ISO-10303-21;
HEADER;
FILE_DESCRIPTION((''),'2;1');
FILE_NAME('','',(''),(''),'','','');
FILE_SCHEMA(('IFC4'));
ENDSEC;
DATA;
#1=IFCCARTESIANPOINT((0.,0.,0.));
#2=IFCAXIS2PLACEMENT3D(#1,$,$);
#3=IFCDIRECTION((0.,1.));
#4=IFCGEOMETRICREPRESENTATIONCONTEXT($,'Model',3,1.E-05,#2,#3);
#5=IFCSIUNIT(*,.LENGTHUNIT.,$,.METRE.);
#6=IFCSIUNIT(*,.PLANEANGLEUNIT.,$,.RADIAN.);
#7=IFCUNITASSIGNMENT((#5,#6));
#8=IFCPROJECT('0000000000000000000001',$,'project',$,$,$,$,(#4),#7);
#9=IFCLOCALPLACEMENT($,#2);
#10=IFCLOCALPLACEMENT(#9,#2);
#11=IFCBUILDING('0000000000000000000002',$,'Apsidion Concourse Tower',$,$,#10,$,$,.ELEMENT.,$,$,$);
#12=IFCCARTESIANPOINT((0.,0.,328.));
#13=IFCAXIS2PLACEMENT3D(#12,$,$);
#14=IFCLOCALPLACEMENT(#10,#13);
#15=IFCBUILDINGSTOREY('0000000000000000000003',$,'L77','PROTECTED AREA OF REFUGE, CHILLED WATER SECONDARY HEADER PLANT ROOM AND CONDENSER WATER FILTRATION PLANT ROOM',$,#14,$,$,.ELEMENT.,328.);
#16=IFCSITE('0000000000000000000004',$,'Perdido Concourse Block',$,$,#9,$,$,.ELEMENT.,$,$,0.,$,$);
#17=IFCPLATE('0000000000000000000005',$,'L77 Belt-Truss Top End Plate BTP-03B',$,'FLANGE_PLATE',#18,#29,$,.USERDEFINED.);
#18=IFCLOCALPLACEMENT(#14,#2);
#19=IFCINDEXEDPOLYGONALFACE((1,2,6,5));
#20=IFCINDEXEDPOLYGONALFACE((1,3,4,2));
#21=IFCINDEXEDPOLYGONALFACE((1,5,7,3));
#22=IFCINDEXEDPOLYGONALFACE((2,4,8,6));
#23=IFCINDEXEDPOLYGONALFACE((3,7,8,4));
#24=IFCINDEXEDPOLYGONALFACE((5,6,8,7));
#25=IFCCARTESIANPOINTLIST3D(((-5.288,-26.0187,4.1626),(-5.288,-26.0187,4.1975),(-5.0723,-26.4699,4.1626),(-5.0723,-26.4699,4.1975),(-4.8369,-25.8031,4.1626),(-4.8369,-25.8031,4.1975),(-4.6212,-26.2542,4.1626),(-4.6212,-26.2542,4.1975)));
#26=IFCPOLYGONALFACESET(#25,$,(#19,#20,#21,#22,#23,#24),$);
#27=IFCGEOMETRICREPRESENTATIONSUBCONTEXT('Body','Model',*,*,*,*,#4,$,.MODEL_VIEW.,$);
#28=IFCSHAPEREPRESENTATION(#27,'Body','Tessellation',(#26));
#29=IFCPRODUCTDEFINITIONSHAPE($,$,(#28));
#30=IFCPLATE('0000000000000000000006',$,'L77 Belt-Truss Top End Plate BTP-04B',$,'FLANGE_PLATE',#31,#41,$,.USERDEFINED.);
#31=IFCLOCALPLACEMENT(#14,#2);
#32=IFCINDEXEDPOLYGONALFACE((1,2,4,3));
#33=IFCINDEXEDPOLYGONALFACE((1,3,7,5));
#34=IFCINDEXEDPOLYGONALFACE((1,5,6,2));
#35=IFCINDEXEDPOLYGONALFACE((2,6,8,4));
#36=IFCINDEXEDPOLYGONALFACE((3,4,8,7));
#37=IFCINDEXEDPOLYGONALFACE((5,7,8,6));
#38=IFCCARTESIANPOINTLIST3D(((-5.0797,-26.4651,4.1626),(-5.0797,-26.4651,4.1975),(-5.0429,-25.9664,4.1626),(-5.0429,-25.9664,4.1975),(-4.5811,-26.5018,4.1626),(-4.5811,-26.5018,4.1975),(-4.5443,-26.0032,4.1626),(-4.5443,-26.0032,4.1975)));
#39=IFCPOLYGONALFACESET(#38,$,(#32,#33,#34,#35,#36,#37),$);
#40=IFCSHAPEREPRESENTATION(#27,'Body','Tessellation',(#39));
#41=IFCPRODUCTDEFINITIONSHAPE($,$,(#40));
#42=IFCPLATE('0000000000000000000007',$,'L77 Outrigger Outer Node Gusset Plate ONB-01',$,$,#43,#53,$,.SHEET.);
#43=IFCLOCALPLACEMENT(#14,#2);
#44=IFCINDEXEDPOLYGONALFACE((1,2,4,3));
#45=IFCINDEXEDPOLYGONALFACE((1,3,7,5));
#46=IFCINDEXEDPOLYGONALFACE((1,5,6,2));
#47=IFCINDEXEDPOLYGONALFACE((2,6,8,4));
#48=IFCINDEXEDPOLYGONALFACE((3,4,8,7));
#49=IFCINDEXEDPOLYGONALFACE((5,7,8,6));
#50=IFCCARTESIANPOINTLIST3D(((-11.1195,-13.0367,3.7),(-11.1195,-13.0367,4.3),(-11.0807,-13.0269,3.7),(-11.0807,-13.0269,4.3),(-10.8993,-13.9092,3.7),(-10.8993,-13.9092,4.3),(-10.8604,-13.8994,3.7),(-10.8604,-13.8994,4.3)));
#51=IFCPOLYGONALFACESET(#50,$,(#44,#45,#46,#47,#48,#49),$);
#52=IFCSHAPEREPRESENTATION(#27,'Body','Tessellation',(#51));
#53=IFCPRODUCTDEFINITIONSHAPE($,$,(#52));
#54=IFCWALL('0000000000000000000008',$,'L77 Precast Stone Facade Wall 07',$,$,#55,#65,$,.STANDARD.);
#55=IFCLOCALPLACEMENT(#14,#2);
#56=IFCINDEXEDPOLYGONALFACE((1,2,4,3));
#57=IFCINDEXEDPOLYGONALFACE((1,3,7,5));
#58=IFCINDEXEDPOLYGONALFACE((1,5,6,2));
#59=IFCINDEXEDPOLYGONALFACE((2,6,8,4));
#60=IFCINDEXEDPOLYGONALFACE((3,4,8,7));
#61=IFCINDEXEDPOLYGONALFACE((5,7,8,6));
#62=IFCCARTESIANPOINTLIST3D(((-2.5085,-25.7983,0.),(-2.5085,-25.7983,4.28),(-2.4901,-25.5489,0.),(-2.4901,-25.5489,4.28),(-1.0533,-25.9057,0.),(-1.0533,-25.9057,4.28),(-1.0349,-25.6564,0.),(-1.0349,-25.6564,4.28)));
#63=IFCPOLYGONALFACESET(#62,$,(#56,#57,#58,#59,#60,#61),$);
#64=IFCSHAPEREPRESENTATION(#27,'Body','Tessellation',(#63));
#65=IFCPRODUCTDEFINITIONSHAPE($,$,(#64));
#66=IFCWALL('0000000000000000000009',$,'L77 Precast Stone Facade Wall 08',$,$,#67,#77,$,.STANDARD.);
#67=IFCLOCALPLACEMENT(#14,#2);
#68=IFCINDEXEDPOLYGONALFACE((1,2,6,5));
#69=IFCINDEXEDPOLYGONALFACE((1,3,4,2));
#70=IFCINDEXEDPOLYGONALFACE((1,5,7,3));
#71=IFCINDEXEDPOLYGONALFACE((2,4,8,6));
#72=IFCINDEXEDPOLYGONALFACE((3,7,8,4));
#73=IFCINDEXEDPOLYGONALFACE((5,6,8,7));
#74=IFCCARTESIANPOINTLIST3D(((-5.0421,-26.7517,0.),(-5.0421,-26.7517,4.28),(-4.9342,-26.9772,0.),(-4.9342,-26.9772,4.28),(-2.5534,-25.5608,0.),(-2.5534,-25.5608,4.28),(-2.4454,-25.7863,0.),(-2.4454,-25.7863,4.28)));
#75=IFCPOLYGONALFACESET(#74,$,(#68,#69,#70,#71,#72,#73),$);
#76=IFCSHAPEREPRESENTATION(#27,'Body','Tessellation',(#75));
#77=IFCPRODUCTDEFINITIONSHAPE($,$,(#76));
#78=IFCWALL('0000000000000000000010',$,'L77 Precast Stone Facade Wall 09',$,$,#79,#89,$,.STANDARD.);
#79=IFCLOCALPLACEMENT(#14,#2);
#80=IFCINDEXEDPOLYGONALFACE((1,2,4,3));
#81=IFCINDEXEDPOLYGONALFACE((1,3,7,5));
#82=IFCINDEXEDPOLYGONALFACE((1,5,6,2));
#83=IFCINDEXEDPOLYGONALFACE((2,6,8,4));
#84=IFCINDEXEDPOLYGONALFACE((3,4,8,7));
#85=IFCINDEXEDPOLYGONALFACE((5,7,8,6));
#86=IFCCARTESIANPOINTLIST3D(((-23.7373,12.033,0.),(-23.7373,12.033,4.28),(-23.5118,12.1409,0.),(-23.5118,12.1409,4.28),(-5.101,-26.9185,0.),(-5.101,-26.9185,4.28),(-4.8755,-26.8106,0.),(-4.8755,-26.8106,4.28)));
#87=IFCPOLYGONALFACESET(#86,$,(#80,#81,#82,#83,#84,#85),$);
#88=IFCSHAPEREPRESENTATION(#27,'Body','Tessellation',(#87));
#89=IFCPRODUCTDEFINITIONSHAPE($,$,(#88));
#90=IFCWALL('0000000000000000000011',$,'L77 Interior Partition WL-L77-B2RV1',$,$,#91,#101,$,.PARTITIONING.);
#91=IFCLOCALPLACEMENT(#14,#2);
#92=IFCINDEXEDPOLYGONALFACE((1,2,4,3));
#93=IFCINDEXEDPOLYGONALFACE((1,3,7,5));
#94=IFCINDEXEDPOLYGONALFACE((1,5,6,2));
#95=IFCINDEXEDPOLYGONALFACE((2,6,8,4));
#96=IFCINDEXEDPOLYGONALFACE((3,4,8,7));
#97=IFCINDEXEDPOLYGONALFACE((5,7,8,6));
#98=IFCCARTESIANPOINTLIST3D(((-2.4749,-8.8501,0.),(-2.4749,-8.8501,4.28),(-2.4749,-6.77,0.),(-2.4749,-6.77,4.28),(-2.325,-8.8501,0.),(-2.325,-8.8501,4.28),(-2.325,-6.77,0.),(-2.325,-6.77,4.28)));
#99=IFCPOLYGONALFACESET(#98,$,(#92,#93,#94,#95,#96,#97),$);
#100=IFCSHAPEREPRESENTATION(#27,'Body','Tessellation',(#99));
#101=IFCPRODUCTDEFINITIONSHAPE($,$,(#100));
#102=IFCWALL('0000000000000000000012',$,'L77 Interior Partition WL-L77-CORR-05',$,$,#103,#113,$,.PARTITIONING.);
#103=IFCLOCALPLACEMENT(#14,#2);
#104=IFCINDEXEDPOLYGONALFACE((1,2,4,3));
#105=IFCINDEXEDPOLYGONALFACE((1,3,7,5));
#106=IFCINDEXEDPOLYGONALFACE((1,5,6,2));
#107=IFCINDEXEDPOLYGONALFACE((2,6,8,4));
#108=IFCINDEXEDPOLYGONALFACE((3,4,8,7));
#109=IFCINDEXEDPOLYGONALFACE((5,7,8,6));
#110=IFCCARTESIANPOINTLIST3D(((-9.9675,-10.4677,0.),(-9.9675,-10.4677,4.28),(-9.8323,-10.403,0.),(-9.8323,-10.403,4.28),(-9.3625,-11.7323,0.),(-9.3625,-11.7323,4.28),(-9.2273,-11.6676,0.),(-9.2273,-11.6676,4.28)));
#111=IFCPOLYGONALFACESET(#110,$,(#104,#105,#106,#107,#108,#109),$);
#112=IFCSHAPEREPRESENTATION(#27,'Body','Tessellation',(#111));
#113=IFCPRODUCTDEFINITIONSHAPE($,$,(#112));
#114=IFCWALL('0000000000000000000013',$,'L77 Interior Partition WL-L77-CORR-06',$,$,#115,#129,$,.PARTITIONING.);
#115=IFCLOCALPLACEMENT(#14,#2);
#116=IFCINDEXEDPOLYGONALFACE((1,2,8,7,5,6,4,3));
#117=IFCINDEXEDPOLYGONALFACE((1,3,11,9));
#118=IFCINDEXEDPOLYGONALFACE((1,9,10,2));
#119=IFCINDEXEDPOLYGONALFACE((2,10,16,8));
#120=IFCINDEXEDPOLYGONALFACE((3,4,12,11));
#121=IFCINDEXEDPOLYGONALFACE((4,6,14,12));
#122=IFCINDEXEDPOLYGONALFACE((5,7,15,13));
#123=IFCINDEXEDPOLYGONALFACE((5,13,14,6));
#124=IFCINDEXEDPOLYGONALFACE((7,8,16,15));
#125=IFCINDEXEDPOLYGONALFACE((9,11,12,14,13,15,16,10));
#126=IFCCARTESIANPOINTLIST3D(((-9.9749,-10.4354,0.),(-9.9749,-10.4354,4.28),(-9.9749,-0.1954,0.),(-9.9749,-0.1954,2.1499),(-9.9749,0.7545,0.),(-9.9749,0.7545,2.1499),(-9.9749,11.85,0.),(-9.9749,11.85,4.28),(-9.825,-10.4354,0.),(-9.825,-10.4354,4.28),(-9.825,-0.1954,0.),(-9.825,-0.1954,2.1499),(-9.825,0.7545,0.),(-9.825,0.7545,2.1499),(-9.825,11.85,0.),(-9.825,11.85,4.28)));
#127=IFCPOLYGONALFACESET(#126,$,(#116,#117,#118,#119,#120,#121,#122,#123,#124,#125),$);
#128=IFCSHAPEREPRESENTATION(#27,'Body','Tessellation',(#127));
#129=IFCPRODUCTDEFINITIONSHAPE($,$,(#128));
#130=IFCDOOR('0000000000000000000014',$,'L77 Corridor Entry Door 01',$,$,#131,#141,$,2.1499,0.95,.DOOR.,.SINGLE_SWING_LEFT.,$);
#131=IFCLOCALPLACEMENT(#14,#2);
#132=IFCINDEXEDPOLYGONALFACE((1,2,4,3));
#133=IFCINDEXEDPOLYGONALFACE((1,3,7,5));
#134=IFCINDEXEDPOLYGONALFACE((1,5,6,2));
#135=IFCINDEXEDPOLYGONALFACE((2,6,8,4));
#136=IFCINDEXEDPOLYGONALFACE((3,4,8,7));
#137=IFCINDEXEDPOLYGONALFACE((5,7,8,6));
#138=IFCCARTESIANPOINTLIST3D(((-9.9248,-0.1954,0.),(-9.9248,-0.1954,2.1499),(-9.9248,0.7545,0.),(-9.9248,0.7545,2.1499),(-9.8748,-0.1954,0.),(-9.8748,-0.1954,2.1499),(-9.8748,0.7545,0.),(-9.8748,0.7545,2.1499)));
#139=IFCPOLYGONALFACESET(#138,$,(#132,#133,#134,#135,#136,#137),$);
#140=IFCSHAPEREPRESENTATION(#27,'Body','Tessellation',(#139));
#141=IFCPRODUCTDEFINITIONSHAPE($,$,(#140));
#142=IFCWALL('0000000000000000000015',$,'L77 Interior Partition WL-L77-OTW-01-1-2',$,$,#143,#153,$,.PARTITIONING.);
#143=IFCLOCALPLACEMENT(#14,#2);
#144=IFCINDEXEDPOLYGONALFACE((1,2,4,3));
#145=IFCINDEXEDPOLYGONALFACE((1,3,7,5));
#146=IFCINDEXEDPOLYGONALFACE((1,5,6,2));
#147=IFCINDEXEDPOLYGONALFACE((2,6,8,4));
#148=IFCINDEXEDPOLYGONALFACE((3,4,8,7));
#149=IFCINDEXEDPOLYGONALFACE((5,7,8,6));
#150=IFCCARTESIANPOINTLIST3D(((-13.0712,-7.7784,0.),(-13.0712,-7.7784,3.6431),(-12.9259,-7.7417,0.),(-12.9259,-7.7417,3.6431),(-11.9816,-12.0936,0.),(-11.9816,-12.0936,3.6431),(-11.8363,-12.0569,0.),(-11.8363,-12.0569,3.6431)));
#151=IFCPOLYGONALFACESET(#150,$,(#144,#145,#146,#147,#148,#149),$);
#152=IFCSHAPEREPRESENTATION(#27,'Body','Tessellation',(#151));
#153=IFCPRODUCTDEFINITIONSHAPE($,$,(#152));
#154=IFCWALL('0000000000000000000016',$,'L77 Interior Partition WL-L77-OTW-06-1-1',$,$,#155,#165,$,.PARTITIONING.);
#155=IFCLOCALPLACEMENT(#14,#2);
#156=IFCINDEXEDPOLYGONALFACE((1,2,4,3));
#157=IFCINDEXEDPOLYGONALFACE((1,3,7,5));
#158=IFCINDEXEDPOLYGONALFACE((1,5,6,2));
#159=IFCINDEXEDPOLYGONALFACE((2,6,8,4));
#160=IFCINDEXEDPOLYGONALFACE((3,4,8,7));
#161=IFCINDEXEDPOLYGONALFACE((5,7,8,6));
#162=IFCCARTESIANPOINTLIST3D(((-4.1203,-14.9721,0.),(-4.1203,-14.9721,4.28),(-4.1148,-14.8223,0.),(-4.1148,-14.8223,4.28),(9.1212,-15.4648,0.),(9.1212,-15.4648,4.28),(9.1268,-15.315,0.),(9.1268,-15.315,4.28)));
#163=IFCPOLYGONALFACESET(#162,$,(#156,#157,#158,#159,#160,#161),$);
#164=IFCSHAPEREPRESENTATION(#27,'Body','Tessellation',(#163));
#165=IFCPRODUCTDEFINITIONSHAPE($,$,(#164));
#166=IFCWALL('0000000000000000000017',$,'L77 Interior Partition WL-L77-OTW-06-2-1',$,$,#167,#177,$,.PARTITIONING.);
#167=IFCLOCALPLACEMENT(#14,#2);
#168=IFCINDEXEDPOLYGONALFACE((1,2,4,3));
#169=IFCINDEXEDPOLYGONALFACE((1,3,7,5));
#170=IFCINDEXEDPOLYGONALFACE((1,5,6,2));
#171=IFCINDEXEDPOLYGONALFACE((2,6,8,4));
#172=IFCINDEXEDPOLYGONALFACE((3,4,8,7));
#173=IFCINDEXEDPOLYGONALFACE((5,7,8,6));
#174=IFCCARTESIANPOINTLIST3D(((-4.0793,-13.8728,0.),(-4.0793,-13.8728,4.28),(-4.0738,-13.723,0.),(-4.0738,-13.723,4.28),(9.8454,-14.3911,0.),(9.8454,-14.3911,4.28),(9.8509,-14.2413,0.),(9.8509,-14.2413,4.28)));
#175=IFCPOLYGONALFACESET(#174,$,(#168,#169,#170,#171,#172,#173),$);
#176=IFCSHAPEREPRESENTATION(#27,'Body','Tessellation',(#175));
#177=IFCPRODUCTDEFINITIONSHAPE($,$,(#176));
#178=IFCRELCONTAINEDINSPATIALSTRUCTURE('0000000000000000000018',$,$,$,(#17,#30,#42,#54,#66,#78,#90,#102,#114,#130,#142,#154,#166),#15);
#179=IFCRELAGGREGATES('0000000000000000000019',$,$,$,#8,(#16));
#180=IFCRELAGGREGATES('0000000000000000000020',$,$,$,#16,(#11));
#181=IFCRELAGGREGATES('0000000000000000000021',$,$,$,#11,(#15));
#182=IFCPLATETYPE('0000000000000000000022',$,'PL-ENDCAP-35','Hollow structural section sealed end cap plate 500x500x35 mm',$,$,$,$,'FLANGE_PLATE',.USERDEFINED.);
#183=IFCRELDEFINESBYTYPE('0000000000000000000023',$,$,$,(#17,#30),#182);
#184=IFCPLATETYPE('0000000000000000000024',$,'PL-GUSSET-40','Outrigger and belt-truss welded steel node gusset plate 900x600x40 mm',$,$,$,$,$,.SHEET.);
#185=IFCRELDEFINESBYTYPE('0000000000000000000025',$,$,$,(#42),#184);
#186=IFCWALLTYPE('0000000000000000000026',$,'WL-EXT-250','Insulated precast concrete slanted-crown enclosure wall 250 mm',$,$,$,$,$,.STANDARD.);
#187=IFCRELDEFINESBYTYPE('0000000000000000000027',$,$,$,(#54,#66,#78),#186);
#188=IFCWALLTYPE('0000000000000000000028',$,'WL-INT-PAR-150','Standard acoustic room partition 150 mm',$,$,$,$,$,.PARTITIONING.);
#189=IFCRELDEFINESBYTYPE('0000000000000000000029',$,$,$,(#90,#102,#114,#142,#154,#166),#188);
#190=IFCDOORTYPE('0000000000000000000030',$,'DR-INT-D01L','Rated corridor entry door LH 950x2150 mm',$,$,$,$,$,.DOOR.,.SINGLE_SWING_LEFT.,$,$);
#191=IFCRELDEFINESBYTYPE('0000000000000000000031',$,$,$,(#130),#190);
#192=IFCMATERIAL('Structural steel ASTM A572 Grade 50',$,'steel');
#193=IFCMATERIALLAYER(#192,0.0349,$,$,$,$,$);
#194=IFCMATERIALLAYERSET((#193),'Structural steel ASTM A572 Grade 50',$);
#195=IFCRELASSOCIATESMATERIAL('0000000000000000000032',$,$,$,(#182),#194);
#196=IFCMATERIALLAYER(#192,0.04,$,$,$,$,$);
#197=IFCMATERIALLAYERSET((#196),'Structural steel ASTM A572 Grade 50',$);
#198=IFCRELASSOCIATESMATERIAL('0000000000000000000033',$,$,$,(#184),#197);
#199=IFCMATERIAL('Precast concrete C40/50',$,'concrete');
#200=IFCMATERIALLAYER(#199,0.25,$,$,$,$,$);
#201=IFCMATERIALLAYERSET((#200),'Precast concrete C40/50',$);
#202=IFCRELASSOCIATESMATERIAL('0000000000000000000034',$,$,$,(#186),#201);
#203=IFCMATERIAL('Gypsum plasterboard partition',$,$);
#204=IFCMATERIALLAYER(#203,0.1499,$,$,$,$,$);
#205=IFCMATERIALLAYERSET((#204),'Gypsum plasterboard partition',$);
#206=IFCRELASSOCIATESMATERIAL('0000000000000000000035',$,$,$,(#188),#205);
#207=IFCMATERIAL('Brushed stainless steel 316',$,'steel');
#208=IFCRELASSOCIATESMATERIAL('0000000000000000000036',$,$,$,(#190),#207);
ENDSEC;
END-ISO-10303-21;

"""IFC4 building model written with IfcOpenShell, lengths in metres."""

from ifc_helpers import new_model, si_unit, direction, frame, frame_2d, origin, origin_2d, place, context, subcontext, project, spatial, rectangle, extrude, material, layer, layer_set, type_object, element, fill, save


model = new_model("IFC4")

# Units and contexts
model_context = context("Model", 3, precision=1e-05, world=origin(), true_north=direction((0.0, 1.0)))
body_context = subcontext(model_context, "Body", "Model", "MODEL_VIEW")
ifc_project = project(units=[si_unit("LENGTHUNIT", "METRE"), si_unit("PLANEANGLEUNIT", "RADIAN")], contexts=[model_context])

# Site, building, storey
site_placement = place(None, origin())
site = spatial("IfcSite", under=ifc_project, at=site_placement, Name="Perdido Concourse Block", CompositionType="ELEMENT", RefElevation=0.0)
building_placement = place(site_placement, origin())
building = spatial("IfcBuilding", under=site, at=building_placement, Name="Apsidion Concourse Tower", CompositionType="ELEMENT")
storey_placement = place(building_placement, frame((0.0, 0.0, 328.0)))
storey = spatial("IfcBuildingStorey", under=building, at=storey_placement, Name="L77", Description="PROTECTED AREA OF REFUGE, CHILLED WATER SECONDARY HEADER PLANT ROOM AND CONDENSER WATER FILTRATION PLANT ROOM", CompositionType="ELEMENT", Elevation=328.0)

# Plates
ifc_material_1 = material(Name="Structural steel ASTM A572 Grade 50", Category="steel")
ifc_layer_1 = layer(ifc_material_1, 0.0349)
ifc_layer_set_1 = layer_set([ifc_layer_1], Name="Structural steel ASTM A572 Grade 50")
plate_type_1 = type_object("IfcPlateType", Name="PL-ENDCAP-35", Description="Hollow structural section sealed end cap plate 500x500x35 mm", ElementType="FLANGE_PLATE", PredefinedType="USERDEFINED", material=ifc_layer_set_1)
for number, where, z_axis, x_axis, name in (
    (1, (-4.9546, -26.1365, 4.1626), (0.0, 0.0, 1.0), (-0.431299, 0.902209, 0.0), "L77 Belt-Truss Top End Plate BTP-03B"),
    (2, (-4.812, -26.2341, 4.1626), (0.0, 0.0, 1.0), (-0.997289, 0.073586, 0.0), "L77 Belt-Truss Top End Plate BTP-04B"),
):
    element("IfcPlate", number, at=place(storey_placement, frame(where, z_axis=z_axis, x_axis=x_axis)), inside=storey, type_object=plate_type_1, Name=name, ObjectType="FLANGE_PLATE", PredefinedType="USERDEFINED", context=body_context, shape_type="SweptSolid", body=[
        extrude(rectangle(XDim=0.5, YDim=0.5, at=origin_2d()), origin(), (0.0, 0.0, 1.0), 0.0349),
    ])
ifc_layer_2 = layer(ifc_material_1, 0.04)
ifc_layer_set_2 = layer_set([ifc_layer_2], Name="Structural steel ASTM A572 Grade 50")
plate_type_2 = type_object("IfcPlateType", Name="PL-GUSSET-40", Description="Outrigger and belt-truss welded steel node gusset plate 900x600x40 mm", PredefinedType="SHEET", material=ifc_layer_set_2)
plate_placement = place(storey_placement, frame((-10.99, -13.468, 3.7), z_axis=(0.0, 0.0, 1.0), x_axis=(-0.2448, 0.969574, 0.0)))
element("IfcPlate", 3, at=plate_placement, inside=storey, type_object=plate_type_2, Name="L77 Outrigger Outer Node Gusset Plate ONB-01", PredefinedType="SHEET", context=body_context, shape_type="SweptSolid", body=[
    extrude(rectangle(XDim=0.8999, YDim=0.04, at=origin_2d()), origin(), (0.0, 0.0, 1.0), 0.6001),
])

# Walls
ifc_material_2 = material(Name="Precast concrete C40/50", Category="concrete")
ifc_layer_3 = layer(ifc_material_2, 0.25)
ifc_layer_set_3 = layer_set([ifc_layer_3], Name="Precast concrete C40/50")
wall_type_1 = type_object("IfcWallType", Name="WL-EXT-250", Description="Insulated precast concrete slanted-crown enclosure wall 250 mm", PredefinedType="STANDARD", material=ifc_layer_set_3)
wall_1_placement = place(storey_placement, frame((-1.0442, -25.781, 0.0), z_axis=(0.0, 0.0, 1.0), x_axis=(-0.997287, 0.073613, 0.0)))
element("IfcWall", 4, at=wall_1_placement, inside=storey, type_object=wall_type_1, Name="L77 Precast Stone Facade Wall 07", PredefinedType="STANDARD", context=body_context, shape_type="SweptSolid", body=[
    extrude(rectangle(XDim=1.4592, YDim=0.25, at=frame_2d((0.7295, 0.0))), origin(), (0.0, 0.0, 1.0), 4.28),
])
wall_2_placement = place(storey_placement, frame((-2.4995, -25.6736, 0.0), z_axis=(0.0, 0.0, 1.0), x_axis=(-0.902044, -0.431643, 0.0)))
element("IfcWall", 5, at=wall_2_placement, inside=storey, type_object=wall_type_1, Name="L77 Precast Stone Facade Wall 08", PredefinedType="STANDARD", context=body_context, shape_type="SweptSolid", body=[
    extrude(rectangle(XDim=2.759, YDim=0.25, at=frame_2d((1.3794, 0.0))), origin(), (0.0, 0.0, 1.0), 4.28),
])
wall_3_placement = place(storey_placement, frame((-4.9883, -26.8645, 0.0), z_axis=(0.0, 0.0, 1.0), x_axis=(-0.431593, 0.902068, 0.0)))
element("IfcWall", 6, at=wall_3_placement, inside=storey, type_object=wall_type_1, Name="L77 Precast Stone Facade Wall 09", PredefinedType="STANDARD", context=body_context, shape_type="SweptSolid", body=[
    extrude(rectangle(XDim=43.1802, YDim=0.25, at=frame_2d((21.5901, 0.0))), origin(), (0.0, 0.0, 1.0), 4.28),
])
ifc_material_3 = material(Name="Gypsum plasterboard partition")
ifc_layer_4 = layer(ifc_material_3, 0.1499)
ifc_layer_set_4 = layer_set([ifc_layer_4], Name="Gypsum plasterboard partition")
wall_type_2 = type_object("IfcWallType", Name="WL-INT-PAR-150", Description="Standard acoustic room partition 150 mm", PredefinedType="PARTITIONING", material=ifc_layer_set_4)
wall_4_placement = place(storey_placement, frame((-2.3999, -8.8501, 0.0), z_axis=(0.0, 0.0, 1.0), x_axis=(0.0, 1.0, 0.0)))
element("IfcWall", 7, at=wall_4_placement, inside=storey, type_object=wall_type_2, Name="L77 Interior Partition WL-L77-B2RV1", PredefinedType="PARTITIONING", context=body_context, shape_type="SweptSolid", body=[
    extrude(rectangle(XDim=2.0801, YDim=0.1499, at=frame_2d((1.04, 0.0))), origin(), (0.0, 0.0, 1.0), 4.28),
])
wall_5_placement = place(storey_placement, frame((-9.2949, -11.7, 0.0), z_axis=(0.0, 0.0, 1.0), x_axis=(-0.431542, 0.902093, 0.0)))
element("IfcWall", 8, at=wall_5_placement, inside=storey, type_object=wall_type_2, Name="L77 Interior Partition WL-L77-CORR-05", PredefinedType="PARTITIONING", context=body_context, shape_type="SweptSolid", body=[
    extrude(rectangle(XDim=1.4019, YDim=0.1499, at=frame_2d((0.7009, 0.0))), origin(), (0.0, 0.0, 1.0), 4.28),
])

# Wall, opening, door
wall_6_placement = place(storey_placement, frame((-9.8999, -10.4353, 0.0), z_axis=(0.0, 0.0, 1.0), x_axis=(0.0, 1.0, 0.0)))
wall_6 = element("IfcWall", 9, at=wall_6_placement, inside=storey, type_object=wall_type_2, Name="L77 Interior Partition WL-L77-CORR-06", PredefinedType="PARTITIONING", context=body_context, shape_type="SweptSolid", body=[
    extrude(rectangle(XDim=22.2854, YDim=0.1499, at=frame_2d((11.1426, 0.0))), origin(), (0.0, 0.0, 1.0), 4.28),
])
opening_1_placement = place(wall_6_placement, frame((10.2397, 0.0, 0.0)))
opening_1 = element("IfcOpeningElement", 10, at=opening_1_placement, cuts=wall_6, PredefinedType="OPENING", context=body_context, shape_type="SweptSolid", body=[
    extrude(rectangle(XDim=0.95, YDim=2.1499, at=frame_2d((0.4751, 1.075))), frame((0.0, 0.085, 0.0), z_axis=(0.0, -1.0, 0.0), x_axis=(1.0, 0.0, 0.0)), (0.0, 0.0, 1.0), 0.1699),
])
ifc_material_4 = material(Name="Brushed stainless steel 316", Category="steel")
door_type_1 = type_object("IfcDoorType", Name="DR-INT-D01L", Description="Rated corridor entry door LH 950x2150 mm", OperationType="SINGLE_SWING_LEFT", PredefinedType="DOOR", material=ifc_material_4)
door_1_placement = place(opening_1_placement, origin())
door_1 = element("IfcDoor", 11, at=door_1_placement, inside=storey, type_object=door_type_1, Name="L77 Corridor Entry Door 01", OperationType="SINGLE_SWING_LEFT", OverallHeight=2.1499, OverallWidth=0.95, PredefinedType="DOOR", context=body_context, shape_type="SweptSolid", body=[
    extrude(rectangle(XDim=0.95, YDim=2.1499, at=frame_2d((0.4751, 1.075))), frame((0.0, 0.0249, 0.0), z_axis=(0.0, -1.0, 0.0), x_axis=(1.0, 0.0, 0.0)), (0.0, 0.0, 1.0), 0.05),
])
fill(opening_1, door_1)

# Walls
wall_7_placement = place(storey_placement, frame((-12.9985, -7.76, 0.0), z_axis=(0.0, 0.0, 1.0), x_axis=(0.24482, -0.969569, 0.0)))
element("IfcWall", 12, at=wall_7_placement, inside=storey, type_object=wall_type_2, Name="L77 Interior Partition WL-L77-OTW-01-1-2", PredefinedType="PARTITIONING", context=body_context, shape_type="SweptSolid", body=[
    extrude(rectangle(XDim=4.4507, YDim=0.1499, at=frame_2d((2.2253, 0.0))), origin(), (0.0, 0.0, 1.0), 3.6431),
])
wall_8_placement = place(storey_placement, frame((-4.1177, -14.8972, 0.0), z_axis=(0.0, 0.0, 1.0), x_axis=(0.999309, -0.037181, 0.0)))
element("IfcWall", 13, at=wall_8_placement, inside=storey, type_object=wall_type_2, Name="L77 Interior Partition WL-L77-OTW-06-1-1", PredefinedType="PARTITIONING", context=body_context, shape_type="SweptSolid", body=[
    extrude(rectangle(XDim=13.2507, YDim=0.1499, at=frame_2d((6.6255, 0.0))), origin(), (0.0, 0.0, 1.0), 4.28),
])
wall_9_placement = place(storey_placement, frame((-4.0767, -13.7979, 0.0), z_axis=(0.0, 0.0, 1.0), x_axis=(0.999308, -0.037196, 0.0)))
element("IfcWall", 14, at=wall_9_placement, inside=storey, type_object=wall_type_2, Name="L77 Interior Partition WL-L77-OTW-06-2-1", PredefinedType="PARTITIONING", context=body_context, shape_type="SweptSolid", body=[
    extrude(rectangle(XDim=13.9343, YDim=0.1499, at=frame_2d((6.9673, 0.0))), origin(), (0.0, 0.0, 1.0), 4.28),
])

save(model, "model.ifc")
